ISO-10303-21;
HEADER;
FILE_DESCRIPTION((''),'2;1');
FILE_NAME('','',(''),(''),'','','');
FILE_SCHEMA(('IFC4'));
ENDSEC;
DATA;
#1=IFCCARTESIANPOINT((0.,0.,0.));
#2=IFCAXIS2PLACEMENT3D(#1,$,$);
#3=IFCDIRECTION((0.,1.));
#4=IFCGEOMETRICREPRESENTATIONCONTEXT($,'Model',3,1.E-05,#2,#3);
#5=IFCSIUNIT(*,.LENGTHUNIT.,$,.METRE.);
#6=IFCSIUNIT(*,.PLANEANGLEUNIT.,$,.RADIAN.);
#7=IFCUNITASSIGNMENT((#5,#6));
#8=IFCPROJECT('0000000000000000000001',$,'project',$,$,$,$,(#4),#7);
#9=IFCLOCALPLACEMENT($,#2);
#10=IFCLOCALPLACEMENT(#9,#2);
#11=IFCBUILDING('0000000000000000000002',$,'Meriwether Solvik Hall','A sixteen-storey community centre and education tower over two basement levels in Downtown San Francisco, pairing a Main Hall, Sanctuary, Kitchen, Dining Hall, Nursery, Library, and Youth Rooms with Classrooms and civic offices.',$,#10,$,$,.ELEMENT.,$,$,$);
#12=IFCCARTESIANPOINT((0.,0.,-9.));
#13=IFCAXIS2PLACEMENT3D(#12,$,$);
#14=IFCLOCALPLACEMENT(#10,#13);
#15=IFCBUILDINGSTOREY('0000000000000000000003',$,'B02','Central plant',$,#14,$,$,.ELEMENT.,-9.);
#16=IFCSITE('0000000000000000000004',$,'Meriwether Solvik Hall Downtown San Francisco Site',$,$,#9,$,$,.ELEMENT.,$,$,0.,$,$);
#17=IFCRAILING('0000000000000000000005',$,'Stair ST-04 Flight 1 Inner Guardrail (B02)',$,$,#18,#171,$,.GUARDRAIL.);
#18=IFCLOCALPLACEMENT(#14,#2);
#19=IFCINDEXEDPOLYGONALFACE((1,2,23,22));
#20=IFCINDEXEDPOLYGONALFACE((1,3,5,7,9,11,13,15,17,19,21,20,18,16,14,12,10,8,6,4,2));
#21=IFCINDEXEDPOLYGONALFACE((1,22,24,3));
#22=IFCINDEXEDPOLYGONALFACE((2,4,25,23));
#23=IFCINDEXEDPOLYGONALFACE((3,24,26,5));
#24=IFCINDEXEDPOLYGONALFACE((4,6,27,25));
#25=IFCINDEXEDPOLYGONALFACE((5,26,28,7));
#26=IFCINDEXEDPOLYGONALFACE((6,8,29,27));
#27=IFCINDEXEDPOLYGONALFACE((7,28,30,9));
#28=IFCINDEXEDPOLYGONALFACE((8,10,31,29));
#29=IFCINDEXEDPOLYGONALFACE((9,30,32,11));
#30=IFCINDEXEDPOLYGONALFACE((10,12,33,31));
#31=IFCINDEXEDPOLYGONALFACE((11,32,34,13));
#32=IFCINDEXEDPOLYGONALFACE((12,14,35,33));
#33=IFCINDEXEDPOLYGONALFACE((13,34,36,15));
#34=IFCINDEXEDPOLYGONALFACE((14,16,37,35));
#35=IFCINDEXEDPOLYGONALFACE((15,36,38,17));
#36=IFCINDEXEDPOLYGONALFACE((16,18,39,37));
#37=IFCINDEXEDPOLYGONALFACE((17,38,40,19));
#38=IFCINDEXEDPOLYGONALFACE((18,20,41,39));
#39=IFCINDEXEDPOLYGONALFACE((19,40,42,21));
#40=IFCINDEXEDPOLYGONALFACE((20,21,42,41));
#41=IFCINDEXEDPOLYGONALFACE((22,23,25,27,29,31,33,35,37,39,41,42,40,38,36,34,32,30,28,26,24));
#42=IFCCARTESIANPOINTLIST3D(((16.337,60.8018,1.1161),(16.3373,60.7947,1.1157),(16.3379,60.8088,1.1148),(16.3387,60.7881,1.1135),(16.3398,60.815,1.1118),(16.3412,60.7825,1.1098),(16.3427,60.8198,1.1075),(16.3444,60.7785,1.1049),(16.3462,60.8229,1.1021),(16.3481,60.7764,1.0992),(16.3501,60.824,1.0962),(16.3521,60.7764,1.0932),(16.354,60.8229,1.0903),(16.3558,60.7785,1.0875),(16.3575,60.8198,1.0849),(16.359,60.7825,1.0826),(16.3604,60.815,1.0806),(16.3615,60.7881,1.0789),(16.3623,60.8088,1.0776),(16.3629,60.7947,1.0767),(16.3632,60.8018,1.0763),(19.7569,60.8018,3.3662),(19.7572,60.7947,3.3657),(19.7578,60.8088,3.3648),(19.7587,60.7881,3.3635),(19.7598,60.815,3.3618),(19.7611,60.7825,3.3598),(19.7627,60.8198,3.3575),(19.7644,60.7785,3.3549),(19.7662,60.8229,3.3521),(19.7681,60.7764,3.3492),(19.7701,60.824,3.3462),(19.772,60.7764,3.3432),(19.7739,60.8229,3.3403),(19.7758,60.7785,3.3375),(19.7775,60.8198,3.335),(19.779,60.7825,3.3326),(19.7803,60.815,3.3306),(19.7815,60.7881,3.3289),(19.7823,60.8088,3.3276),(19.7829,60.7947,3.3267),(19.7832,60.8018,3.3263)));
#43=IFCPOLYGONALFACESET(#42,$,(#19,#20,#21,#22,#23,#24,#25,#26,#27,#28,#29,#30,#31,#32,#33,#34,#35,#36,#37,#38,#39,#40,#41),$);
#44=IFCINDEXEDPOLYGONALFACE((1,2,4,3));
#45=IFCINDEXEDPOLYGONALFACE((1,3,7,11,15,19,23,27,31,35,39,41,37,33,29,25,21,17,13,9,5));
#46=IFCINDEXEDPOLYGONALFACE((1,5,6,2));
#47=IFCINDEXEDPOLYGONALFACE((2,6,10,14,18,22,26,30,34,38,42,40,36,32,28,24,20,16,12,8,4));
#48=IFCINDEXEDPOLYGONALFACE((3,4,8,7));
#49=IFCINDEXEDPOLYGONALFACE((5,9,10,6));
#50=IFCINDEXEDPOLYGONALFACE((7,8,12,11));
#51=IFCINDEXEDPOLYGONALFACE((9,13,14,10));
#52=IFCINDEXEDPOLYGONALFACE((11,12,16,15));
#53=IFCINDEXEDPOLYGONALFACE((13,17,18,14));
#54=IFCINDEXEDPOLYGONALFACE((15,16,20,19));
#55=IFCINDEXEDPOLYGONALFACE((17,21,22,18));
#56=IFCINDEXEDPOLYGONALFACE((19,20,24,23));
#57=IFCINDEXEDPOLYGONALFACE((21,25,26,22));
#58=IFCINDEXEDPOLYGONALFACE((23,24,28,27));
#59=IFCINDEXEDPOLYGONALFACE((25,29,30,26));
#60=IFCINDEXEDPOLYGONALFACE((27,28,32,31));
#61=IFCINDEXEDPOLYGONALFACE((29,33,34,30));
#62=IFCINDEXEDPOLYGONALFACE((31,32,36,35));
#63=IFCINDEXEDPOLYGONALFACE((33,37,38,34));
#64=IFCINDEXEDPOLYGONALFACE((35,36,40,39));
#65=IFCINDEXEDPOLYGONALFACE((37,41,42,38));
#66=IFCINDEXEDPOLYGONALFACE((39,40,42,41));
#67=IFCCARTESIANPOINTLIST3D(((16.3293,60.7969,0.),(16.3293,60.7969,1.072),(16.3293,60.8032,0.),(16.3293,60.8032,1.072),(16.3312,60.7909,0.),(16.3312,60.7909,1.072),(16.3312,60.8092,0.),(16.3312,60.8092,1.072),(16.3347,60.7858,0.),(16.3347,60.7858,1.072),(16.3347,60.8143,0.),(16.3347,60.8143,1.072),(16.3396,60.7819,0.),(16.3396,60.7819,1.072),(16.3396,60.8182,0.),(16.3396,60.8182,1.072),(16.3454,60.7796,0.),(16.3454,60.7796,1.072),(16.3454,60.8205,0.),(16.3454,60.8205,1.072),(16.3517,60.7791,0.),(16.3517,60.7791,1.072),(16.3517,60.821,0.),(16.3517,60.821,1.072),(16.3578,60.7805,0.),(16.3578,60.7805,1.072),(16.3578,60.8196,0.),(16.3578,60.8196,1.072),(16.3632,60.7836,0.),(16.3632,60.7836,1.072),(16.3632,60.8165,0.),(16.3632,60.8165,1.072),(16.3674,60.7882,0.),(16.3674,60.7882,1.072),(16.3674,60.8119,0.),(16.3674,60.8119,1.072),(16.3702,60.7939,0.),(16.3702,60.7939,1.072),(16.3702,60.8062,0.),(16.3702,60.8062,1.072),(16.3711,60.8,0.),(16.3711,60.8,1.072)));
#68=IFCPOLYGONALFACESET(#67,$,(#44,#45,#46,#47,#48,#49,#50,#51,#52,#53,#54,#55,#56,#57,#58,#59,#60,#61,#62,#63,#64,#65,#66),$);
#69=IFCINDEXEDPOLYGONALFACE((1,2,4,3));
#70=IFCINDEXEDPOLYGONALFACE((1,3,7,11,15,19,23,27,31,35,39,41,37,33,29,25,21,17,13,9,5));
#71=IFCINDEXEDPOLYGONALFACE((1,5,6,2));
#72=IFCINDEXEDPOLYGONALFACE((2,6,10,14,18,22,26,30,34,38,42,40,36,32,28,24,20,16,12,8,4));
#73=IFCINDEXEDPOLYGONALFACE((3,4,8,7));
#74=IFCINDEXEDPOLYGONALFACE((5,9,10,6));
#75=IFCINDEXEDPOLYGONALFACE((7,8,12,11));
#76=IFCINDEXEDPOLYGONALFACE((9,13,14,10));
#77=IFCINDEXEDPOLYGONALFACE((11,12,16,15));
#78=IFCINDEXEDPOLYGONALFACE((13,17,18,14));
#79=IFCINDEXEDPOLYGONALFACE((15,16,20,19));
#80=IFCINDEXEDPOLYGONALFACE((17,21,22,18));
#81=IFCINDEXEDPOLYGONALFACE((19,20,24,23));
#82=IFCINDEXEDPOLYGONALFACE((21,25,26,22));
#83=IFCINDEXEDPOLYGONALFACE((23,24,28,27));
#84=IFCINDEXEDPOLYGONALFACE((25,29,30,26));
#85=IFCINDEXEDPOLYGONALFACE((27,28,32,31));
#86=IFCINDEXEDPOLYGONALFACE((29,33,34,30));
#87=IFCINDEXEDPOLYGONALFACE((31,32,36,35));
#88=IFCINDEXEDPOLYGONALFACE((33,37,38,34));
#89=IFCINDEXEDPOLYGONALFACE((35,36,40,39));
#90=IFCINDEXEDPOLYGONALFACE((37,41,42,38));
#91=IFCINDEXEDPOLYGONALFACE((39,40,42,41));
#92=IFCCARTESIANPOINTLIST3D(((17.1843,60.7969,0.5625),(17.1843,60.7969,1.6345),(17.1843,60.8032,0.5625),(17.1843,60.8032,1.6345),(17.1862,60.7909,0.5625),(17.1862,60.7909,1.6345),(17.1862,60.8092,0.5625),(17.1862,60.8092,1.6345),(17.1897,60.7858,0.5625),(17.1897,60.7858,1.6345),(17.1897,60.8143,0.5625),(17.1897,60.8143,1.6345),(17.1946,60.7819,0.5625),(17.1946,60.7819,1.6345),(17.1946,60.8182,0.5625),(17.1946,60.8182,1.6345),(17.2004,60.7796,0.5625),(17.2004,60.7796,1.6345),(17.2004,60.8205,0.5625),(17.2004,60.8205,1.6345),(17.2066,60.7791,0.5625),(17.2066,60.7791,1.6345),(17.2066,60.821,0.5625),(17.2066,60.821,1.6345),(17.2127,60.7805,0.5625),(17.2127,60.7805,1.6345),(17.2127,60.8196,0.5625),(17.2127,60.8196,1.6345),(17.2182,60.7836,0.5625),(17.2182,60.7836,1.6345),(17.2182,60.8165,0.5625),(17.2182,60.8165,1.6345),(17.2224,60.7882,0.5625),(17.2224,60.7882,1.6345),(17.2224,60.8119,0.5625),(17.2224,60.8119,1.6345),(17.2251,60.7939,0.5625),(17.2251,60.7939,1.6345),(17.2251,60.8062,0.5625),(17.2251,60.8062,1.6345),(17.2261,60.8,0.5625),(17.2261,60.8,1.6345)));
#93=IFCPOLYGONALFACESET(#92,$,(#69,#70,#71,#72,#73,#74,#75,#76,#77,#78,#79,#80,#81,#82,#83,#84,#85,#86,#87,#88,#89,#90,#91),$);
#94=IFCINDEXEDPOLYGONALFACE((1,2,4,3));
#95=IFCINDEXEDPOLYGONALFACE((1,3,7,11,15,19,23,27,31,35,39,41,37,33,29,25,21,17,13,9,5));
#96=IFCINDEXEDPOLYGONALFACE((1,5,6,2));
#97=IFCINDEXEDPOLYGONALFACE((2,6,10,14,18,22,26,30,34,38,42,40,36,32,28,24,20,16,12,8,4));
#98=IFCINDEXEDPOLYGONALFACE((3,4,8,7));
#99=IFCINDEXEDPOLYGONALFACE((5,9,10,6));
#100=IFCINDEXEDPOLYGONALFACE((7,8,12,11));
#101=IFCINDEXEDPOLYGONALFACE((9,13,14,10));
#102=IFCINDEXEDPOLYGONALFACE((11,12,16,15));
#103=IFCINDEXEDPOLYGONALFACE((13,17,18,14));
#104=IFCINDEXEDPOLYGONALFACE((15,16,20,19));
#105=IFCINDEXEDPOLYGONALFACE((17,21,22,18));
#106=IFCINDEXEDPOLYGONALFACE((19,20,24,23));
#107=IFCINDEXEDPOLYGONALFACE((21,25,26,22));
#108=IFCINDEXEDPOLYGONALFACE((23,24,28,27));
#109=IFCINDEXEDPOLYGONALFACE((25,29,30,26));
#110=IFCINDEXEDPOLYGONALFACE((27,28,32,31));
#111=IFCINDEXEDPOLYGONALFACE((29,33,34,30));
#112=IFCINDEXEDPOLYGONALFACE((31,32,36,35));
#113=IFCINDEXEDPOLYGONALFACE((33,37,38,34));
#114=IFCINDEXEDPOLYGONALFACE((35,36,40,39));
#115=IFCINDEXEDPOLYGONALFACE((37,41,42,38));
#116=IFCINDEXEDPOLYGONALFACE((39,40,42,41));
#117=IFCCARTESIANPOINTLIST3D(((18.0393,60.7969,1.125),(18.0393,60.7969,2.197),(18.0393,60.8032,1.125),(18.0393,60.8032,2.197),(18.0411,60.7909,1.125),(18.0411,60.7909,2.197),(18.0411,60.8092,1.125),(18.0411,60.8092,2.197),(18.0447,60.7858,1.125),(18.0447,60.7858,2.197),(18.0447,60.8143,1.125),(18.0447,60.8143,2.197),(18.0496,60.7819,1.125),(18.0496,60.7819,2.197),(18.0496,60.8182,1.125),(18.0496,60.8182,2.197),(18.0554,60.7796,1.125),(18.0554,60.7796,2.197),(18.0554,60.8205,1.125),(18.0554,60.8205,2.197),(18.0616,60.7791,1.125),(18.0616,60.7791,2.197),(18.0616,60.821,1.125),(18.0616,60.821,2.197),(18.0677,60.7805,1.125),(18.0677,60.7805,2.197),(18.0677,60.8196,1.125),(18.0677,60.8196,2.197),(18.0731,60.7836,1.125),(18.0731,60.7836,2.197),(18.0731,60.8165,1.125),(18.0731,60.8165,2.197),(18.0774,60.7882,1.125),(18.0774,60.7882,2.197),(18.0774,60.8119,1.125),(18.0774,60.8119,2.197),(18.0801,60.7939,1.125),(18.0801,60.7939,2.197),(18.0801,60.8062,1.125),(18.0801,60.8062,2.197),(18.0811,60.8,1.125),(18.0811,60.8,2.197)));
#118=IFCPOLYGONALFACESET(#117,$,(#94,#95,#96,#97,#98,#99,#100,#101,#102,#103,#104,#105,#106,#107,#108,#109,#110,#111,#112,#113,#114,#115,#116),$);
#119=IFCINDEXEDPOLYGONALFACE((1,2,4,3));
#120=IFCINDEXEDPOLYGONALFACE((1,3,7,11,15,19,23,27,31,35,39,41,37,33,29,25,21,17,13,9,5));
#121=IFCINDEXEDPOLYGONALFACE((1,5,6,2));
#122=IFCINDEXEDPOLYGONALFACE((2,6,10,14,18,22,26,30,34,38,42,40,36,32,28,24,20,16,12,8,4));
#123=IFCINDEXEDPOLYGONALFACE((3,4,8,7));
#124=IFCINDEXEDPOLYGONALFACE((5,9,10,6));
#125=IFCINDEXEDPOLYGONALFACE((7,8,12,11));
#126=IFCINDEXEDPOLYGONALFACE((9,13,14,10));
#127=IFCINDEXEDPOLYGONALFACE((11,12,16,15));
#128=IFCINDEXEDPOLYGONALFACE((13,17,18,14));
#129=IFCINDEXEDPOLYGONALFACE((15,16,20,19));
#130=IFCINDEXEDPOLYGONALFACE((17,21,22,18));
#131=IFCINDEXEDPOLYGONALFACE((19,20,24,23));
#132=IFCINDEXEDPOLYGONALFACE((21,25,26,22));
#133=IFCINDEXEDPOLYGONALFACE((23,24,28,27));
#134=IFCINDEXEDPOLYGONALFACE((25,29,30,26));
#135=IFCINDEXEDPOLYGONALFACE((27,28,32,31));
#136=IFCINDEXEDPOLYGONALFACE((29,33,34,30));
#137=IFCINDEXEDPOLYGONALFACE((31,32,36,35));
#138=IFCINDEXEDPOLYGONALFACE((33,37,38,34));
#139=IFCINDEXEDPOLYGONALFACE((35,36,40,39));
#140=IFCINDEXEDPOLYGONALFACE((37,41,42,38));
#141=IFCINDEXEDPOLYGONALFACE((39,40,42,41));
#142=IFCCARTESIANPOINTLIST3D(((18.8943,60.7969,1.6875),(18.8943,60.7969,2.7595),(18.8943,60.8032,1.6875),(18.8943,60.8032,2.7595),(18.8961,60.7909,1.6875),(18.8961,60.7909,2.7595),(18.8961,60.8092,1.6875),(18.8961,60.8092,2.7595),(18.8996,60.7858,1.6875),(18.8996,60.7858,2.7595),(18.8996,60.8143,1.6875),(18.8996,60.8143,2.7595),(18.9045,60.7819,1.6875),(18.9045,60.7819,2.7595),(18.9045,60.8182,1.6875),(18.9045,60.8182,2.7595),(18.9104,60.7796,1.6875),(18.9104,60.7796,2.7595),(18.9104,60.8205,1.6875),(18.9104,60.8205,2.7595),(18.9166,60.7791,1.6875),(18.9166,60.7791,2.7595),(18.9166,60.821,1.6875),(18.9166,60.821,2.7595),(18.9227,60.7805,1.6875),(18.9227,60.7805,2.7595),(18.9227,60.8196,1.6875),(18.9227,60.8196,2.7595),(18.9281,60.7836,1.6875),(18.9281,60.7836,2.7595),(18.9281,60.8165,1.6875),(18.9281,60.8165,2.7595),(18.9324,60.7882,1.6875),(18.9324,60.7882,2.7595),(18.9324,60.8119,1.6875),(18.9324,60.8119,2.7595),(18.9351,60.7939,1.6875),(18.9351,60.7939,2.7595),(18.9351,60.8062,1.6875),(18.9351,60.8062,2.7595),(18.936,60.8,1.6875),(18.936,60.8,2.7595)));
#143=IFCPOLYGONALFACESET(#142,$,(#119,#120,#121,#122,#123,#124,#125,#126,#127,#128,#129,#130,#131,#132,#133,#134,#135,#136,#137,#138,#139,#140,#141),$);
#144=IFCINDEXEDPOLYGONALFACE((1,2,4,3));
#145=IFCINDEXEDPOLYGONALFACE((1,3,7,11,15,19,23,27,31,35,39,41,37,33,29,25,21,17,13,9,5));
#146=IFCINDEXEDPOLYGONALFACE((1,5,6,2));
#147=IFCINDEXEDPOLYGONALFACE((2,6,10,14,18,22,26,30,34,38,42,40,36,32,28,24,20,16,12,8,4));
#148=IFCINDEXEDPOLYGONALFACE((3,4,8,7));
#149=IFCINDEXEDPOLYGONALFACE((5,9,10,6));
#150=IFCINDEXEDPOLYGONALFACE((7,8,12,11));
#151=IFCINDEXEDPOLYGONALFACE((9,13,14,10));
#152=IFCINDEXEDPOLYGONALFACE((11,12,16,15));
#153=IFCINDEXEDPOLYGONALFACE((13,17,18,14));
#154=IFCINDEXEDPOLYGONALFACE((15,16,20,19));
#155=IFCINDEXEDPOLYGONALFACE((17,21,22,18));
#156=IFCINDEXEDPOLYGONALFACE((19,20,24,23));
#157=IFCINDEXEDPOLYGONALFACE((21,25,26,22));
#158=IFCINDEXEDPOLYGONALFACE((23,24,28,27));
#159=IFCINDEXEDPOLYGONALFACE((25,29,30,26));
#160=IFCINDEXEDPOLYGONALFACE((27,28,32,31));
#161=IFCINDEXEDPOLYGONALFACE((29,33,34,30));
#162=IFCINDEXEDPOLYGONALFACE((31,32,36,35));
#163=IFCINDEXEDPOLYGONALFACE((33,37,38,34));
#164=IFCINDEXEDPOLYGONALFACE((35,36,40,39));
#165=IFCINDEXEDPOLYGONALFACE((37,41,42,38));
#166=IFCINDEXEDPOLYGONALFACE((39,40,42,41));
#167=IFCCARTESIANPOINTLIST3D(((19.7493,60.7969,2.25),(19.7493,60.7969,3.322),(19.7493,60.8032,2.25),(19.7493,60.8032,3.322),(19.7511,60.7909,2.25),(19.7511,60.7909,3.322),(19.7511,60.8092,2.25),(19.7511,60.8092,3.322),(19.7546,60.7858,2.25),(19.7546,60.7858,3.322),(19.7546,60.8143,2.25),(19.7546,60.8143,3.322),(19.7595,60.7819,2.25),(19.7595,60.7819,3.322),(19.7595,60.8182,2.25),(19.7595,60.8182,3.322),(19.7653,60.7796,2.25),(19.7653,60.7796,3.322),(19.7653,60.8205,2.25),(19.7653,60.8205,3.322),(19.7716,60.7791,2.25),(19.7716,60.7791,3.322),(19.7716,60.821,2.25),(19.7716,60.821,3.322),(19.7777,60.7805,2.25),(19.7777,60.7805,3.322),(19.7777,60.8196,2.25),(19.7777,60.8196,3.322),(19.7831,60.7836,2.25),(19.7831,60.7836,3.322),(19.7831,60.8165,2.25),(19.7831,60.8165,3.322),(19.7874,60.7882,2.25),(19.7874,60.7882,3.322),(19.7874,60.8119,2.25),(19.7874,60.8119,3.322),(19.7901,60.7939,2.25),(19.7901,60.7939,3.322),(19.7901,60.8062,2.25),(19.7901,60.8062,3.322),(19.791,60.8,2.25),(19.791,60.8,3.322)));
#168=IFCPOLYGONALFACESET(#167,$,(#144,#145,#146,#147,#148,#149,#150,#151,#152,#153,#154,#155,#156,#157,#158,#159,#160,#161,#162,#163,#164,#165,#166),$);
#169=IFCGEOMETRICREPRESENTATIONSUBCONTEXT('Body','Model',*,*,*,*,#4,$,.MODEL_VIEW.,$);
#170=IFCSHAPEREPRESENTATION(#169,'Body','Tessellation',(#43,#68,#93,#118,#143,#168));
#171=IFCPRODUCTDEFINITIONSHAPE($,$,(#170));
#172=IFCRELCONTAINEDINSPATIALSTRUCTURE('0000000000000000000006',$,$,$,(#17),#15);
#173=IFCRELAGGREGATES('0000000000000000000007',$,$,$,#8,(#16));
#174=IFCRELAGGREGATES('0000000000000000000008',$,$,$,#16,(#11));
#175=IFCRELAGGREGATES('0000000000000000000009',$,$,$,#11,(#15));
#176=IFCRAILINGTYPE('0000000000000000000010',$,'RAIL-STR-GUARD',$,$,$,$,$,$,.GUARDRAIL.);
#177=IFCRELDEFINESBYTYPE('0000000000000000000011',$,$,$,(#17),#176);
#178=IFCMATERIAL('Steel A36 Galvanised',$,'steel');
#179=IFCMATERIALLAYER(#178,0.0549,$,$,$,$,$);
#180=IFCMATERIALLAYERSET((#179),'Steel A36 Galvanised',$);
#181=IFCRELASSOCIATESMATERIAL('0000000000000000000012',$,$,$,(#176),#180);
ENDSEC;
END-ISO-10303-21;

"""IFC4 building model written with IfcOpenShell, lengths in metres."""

from ifc_helpers import new_model, si_unit, direction, frame, origin, origin_2d, place, context, subcontext, project, spatial, circle, extrude, material, layer, layer_set, type_object, element, save


model = new_model("IFC4")

# Units and contexts
model_context = context("Model", 3, precision=1e-05, world=origin(), true_north=direction((0.0, 1.0)))
body_context = subcontext(model_context, "Body", "Model", "MODEL_VIEW")
ifc_project = project(units=[si_unit("LENGTHUNIT", "METRE"), si_unit("PLANEANGLEUNIT", "RADIAN")], contexts=[model_context])

# Site, building, storey
site_placement = place(None, origin())
site = spatial("IfcSite", under=ifc_project, at=site_placement, Name="Meriwether Solvik Hall Downtown San Francisco Site", CompositionType="ELEMENT", RefElevation=0.0)
building_placement = place(site_placement, origin())
building = spatial("IfcBuilding", under=site, at=building_placement, Name="Meriwether Solvik Hall", Description="A sixteen-storey community centre and education tower over two basement levels in Downtown San Francisco, pairing a Main Hall, Sanctuary, Kitchen, Dining Hall, Nursery, Library, and Youth Rooms with Classrooms and civic offices.", CompositionType="ELEMENT")
storey_placement = place(building_placement, frame((0.0, 0.0, -9.0)))
storey = spatial("IfcBuildingStorey", under=building, at=storey_placement, Name="B02", Description="Central plant", CompositionType="ELEMENT", Elevation=-9.0)

# Railing
ifc_material_1 = material(Name="Steel A36 Galvanised", Category="steel")
ifc_layer_1 = layer(ifc_material_1, 0.0549)
ifc_layer_set_1 = layer_set([ifc_layer_1], Name="Steel A36 Galvanised")
railing_type_1 = type_object("IfcRailingType", Name="RAIL-STR-GUARD", PredefinedType="GUARDRAIL", material=ifc_layer_set_1)
railing_1_placement = place(storey_placement, frame((16.3501, 60.8, 0.0)))
element("IfcRailing", 1, at=railing_1_placement, inside=storey, type_object=railing_type_1, Name="Stair ST-04 Flight 1 Inner Guardrail (B02)", PredefinedType="GUARDRAIL", context=body_context, shape_type="SweptSolid", body=[
    extrude(circle(Radius=0.0239, at=origin_2d()), frame((0.0, 0.0, 1.0962), z_axis=(0.835411, 0.0, 0.549625), x_axis=(0.0, 1.0, 0.0)), (0.0, 0.0, 1.0), 4.0938),
    extrude(circle(Radius=0.021, at=origin_2d()), origin(), (0.0, 0.0, 1.0), 1.072),
    extrude(circle(Radius=0.021, at=origin_2d()), frame((0.855, 0.0, 0.5625)), (0.0, 0.0, 1.0), 1.072),
    extrude(circle(Radius=0.021, at=origin_2d()), frame((1.71, 0.0, 1.125)), (0.0, 0.0, 1.0), 1.072),
    extrude(circle(Radius=0.021, at=origin_2d()), frame((2.5649, 0.0, 1.6875)), (0.0, 0.0, 1.0), 1.072),
    extrude(circle(Radius=0.021, at=origin_2d()), frame((3.4199, 0.0, 2.25)), (0.0, 0.0, 1.0), 1.072),
])

save(model, "model.ifc")
